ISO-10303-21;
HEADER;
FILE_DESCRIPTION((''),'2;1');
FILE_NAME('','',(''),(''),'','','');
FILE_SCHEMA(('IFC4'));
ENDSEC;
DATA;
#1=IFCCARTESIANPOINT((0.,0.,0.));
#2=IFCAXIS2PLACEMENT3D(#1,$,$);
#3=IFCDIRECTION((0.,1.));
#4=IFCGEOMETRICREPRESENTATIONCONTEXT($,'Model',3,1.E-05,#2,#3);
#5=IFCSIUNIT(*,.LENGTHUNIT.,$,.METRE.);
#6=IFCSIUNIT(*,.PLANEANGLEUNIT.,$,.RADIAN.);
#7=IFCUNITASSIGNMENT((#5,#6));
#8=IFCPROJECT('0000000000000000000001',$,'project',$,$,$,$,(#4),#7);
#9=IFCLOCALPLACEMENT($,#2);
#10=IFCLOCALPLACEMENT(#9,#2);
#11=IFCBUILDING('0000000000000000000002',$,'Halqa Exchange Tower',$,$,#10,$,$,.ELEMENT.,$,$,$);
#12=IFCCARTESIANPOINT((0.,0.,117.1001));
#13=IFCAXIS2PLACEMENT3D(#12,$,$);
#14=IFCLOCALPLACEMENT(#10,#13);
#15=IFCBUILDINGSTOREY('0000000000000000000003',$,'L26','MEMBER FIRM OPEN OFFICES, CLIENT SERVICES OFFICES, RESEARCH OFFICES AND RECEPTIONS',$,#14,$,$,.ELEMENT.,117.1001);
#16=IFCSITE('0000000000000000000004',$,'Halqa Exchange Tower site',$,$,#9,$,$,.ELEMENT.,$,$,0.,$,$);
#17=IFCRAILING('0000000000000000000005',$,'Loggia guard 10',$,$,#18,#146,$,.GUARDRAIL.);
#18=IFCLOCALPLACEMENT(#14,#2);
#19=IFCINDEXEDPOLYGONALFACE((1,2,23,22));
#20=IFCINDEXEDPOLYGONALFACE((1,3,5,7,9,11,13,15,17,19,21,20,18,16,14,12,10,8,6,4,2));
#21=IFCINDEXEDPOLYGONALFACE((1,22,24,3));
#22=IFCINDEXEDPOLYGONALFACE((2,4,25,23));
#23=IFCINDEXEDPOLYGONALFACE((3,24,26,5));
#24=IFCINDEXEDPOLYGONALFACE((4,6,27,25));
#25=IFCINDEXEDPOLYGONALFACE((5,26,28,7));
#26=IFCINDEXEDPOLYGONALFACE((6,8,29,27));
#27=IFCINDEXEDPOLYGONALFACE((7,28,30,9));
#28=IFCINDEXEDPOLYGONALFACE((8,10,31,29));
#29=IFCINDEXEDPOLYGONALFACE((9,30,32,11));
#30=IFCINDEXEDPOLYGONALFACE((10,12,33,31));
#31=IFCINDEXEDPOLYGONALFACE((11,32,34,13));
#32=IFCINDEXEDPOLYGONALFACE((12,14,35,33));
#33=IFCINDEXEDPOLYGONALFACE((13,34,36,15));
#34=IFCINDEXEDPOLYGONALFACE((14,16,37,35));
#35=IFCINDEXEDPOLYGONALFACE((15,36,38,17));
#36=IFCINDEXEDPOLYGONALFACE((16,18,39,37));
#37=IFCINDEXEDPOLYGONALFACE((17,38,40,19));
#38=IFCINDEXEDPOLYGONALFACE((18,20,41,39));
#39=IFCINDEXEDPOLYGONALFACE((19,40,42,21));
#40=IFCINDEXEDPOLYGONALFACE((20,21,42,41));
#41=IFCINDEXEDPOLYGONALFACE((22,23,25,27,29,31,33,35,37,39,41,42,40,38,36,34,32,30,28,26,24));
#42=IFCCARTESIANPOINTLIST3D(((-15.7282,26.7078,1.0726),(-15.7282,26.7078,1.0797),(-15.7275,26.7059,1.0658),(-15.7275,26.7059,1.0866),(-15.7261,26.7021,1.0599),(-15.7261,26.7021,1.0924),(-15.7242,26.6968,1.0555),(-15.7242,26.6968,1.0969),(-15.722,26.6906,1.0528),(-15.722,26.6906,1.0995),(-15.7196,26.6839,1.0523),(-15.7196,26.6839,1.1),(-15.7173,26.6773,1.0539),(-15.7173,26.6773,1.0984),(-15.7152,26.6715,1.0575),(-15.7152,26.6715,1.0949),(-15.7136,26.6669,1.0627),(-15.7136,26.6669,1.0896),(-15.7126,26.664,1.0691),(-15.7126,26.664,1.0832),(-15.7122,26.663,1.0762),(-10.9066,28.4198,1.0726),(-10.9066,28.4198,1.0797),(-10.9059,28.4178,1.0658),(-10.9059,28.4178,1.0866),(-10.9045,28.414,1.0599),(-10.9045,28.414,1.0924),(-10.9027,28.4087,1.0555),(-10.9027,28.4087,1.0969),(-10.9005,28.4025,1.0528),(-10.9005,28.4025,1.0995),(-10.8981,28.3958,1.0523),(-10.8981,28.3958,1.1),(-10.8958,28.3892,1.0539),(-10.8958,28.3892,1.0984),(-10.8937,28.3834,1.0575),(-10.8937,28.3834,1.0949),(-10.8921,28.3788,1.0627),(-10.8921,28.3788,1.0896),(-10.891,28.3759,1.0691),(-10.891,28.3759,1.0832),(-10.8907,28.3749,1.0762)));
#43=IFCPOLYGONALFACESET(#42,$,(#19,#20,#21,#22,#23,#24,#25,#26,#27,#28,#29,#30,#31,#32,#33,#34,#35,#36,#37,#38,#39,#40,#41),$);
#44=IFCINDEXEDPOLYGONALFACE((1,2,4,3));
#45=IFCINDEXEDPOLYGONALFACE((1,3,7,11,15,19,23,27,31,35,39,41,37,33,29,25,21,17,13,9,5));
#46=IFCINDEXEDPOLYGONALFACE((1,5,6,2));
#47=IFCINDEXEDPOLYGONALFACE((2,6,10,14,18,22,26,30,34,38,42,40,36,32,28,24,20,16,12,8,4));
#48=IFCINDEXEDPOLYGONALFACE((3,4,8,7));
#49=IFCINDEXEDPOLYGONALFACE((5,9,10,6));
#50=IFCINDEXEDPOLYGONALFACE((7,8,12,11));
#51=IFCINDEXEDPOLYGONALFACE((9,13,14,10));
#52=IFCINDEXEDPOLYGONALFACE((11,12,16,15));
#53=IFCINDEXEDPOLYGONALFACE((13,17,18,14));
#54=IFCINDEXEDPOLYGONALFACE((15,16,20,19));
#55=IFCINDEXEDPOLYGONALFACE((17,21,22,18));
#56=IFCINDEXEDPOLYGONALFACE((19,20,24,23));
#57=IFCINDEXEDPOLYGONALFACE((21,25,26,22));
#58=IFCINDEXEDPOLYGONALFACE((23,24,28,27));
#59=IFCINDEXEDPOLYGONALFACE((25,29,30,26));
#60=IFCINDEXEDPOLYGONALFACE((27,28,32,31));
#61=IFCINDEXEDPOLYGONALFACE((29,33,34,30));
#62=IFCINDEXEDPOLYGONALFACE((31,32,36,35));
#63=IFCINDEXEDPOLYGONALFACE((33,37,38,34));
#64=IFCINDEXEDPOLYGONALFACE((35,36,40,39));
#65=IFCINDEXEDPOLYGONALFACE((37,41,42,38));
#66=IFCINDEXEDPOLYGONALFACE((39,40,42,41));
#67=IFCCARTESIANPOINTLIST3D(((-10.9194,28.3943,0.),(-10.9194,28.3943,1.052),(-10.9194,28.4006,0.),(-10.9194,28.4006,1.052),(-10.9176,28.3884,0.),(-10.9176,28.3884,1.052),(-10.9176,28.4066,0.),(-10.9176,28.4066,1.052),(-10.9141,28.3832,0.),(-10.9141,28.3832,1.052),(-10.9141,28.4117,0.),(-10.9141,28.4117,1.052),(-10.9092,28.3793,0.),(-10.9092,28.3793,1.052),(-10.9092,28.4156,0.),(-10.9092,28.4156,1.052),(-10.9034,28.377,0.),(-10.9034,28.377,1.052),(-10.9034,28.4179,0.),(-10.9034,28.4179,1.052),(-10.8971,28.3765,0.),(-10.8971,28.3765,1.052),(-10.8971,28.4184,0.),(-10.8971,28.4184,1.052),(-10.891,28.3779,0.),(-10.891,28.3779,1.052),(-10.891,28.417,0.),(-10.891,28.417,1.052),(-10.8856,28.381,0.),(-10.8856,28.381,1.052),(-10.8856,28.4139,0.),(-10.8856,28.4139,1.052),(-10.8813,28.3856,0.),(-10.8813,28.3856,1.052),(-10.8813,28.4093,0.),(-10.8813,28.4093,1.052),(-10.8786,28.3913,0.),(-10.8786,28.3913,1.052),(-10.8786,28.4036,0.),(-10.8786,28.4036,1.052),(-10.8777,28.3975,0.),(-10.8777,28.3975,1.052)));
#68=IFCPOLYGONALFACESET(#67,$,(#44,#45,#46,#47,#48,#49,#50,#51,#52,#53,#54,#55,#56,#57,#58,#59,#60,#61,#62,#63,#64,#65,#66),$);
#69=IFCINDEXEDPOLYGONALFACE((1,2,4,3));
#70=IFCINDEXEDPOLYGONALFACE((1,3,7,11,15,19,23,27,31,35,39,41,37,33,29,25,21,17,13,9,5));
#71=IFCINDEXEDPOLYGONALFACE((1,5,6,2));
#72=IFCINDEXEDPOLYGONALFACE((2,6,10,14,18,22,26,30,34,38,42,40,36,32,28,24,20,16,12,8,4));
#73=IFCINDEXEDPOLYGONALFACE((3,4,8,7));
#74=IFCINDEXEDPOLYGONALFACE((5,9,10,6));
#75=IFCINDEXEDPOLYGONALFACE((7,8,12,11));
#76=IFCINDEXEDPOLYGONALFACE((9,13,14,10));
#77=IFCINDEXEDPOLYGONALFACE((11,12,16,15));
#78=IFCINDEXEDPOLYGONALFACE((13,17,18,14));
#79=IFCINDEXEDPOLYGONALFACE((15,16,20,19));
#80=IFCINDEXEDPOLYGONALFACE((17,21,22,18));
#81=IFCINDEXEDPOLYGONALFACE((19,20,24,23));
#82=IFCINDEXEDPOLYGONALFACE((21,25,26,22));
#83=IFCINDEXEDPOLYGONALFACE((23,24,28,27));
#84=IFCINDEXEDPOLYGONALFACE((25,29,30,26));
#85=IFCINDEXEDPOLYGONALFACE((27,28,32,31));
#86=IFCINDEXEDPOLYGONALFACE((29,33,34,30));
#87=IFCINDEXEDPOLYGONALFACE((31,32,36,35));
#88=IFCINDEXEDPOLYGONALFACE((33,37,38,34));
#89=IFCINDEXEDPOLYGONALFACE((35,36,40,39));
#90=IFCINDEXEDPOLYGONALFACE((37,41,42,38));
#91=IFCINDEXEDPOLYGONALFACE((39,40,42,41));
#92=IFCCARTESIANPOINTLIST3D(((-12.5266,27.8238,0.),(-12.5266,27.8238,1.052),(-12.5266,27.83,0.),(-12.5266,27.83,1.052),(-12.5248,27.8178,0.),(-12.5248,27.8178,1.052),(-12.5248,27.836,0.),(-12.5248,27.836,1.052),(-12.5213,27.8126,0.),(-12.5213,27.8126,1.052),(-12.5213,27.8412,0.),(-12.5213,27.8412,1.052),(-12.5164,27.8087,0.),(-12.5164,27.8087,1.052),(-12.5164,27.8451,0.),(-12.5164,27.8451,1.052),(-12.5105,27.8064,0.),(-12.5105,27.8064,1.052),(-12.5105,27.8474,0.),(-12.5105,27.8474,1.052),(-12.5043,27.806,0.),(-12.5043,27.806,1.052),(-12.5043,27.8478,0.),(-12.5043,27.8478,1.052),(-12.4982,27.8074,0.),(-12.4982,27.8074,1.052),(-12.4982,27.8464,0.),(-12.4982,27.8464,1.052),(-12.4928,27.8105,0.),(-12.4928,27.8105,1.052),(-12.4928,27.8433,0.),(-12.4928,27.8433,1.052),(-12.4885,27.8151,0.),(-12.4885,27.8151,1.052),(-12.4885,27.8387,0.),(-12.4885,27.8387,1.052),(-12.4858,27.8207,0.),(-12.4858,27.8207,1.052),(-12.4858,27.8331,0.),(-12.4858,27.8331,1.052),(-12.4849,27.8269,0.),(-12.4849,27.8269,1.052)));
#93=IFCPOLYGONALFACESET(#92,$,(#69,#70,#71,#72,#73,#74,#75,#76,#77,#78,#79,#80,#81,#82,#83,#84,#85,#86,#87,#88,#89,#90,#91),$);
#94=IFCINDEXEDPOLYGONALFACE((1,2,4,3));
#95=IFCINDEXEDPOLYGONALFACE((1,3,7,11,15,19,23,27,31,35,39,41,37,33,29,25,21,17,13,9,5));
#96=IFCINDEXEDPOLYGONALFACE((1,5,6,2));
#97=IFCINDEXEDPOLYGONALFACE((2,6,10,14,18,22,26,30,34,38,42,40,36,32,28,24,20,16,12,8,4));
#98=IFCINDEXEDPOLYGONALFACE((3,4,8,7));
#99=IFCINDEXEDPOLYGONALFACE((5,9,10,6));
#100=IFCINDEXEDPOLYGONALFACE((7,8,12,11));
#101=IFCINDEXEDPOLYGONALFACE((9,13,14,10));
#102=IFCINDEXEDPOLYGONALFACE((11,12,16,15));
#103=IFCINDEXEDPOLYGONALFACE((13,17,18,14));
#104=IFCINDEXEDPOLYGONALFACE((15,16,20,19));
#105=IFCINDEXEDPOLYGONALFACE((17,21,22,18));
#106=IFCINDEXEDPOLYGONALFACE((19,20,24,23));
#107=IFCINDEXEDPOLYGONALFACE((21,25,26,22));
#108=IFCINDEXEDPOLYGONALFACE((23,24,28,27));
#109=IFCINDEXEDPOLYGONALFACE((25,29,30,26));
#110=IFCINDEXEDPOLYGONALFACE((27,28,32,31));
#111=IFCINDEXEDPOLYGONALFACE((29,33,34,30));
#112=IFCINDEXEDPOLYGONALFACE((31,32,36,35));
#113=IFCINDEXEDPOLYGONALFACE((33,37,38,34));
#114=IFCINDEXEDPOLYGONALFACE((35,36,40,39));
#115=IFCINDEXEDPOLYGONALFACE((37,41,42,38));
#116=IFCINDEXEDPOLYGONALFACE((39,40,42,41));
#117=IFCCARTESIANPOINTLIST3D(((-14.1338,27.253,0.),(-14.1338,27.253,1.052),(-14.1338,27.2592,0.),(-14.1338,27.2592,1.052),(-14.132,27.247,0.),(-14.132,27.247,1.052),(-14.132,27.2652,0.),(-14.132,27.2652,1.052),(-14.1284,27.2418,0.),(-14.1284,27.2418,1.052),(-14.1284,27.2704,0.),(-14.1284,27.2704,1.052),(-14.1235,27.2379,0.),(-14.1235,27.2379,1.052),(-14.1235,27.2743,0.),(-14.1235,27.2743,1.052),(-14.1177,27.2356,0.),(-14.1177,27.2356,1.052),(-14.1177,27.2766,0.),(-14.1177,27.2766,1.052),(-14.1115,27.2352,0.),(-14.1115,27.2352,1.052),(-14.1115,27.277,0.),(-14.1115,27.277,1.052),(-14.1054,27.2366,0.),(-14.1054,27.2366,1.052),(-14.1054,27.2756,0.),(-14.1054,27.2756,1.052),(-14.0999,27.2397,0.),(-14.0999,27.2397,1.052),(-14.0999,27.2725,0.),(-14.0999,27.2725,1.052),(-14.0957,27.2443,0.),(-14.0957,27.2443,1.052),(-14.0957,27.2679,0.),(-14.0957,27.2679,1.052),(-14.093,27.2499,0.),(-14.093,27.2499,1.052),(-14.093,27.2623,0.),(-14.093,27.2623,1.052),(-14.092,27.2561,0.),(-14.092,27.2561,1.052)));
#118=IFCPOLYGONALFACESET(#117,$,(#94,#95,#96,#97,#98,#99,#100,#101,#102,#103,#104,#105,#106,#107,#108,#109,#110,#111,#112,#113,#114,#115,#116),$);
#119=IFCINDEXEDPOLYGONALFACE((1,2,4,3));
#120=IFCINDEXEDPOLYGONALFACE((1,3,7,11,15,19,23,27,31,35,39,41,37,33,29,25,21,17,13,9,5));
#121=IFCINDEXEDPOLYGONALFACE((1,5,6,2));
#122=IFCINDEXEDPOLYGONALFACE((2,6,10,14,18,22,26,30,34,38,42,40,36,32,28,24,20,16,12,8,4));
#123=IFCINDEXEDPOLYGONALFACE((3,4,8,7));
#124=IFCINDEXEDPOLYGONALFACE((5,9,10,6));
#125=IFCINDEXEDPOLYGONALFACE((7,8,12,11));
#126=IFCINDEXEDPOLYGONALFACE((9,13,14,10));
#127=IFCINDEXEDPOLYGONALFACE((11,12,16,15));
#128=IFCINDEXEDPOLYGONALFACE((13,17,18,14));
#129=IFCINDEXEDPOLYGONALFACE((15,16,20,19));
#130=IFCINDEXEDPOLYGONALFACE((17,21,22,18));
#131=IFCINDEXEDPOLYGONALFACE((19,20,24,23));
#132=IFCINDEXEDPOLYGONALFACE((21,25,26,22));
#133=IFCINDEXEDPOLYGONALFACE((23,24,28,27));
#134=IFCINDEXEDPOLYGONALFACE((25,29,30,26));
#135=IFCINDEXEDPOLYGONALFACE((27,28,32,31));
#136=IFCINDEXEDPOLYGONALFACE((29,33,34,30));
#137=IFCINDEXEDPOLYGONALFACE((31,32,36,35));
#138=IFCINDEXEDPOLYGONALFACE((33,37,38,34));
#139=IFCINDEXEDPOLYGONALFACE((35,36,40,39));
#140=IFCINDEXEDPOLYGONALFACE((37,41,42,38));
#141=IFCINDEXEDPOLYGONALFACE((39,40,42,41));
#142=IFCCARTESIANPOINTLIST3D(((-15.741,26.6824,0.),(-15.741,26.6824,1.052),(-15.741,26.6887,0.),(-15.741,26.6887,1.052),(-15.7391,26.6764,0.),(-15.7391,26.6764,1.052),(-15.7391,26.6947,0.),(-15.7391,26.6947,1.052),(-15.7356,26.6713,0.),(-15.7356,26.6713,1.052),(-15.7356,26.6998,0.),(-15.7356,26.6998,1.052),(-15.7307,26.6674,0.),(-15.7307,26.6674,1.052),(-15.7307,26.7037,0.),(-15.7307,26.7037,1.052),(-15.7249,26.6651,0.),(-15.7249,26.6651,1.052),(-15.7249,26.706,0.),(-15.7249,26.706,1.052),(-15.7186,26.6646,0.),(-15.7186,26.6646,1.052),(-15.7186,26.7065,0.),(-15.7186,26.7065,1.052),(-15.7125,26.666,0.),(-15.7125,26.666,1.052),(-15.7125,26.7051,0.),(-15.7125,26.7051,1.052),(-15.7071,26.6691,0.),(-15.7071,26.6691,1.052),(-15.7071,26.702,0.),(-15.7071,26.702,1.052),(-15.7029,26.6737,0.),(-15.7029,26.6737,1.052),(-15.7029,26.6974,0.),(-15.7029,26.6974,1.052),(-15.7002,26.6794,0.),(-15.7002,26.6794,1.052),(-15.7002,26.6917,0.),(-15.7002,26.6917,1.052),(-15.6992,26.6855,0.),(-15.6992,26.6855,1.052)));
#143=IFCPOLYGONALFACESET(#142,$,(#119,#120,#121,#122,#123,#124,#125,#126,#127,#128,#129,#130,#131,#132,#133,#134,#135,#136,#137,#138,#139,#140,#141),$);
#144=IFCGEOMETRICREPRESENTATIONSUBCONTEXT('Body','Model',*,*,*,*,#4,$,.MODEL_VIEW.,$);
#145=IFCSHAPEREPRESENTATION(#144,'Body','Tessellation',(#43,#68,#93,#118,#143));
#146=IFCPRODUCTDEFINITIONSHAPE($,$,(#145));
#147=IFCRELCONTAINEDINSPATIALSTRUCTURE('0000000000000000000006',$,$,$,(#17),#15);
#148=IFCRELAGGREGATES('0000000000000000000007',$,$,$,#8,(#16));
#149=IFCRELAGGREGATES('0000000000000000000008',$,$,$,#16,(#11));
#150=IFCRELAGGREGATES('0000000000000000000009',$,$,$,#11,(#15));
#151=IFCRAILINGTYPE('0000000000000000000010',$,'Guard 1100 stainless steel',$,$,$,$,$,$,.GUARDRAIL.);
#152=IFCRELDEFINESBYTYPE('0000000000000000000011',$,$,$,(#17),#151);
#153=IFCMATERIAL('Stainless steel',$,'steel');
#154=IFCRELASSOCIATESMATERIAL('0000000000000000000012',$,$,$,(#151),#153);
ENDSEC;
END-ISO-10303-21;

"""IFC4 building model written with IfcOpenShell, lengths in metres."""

from ifc_helpers import new_model, si_unit, direction, frame, origin, origin_2d, place, context, subcontext, project, spatial, circle, extrude, material, type_object, element, save


model = new_model("IFC4")

# Units and contexts
model_context = context("Model", 3, precision=1e-05, world=origin(), true_north=direction((0.0, 1.0)))
body_context = subcontext(model_context, "Body", "Model", "MODEL_VIEW")
ifc_project = project(units=[si_unit("LENGTHUNIT", "METRE"), si_unit("PLANEANGLEUNIT", "RADIAN")], contexts=[model_context])

# Site, building, storey
site_placement = place(None, origin())
site = spatial("IfcSite", under=ifc_project, at=site_placement, Name="Halqa Exchange Tower site", CompositionType="ELEMENT", RefElevation=0.0)
building_placement = place(site_placement, origin())
building = spatial("IfcBuilding", under=site, at=building_placement, Name="Halqa Exchange Tower", CompositionType="ELEMENT")
storey_placement = place(building_placement, frame((0.0, 0.0, 117.1001)))
storey = spatial("IfcBuildingStorey", under=building, at=storey_placement, Name="L26", Description="MEMBER FIRM OPEN OFFICES, CLIENT SERVICES OFFICES, RESEARCH OFFICES AND RECEPTIONS", CompositionType="ELEMENT", Elevation=117.1001)

# Railing
ifc_material_1 = material(Name="Stainless steel", Category="steel")
railing_type_1 = type_object("IfcRailingType", Name="Guard 1100 stainless steel", PredefinedType="GUARDRAIL", material=ifc_material_1)
railing_1_placement = place(storey_placement, frame((-10.8987, 28.3975, 0.0)))
element("IfcRailing", 1, at=railing_1_placement, inside=storey, type_object=railing_type_1, Name="Loggia guard 10", PredefinedType="GUARDRAIL", context=body_context, shape_type="SweptSolid", body=[
    extrude(circle(Radius=0.0239, at=origin_2d()), frame((0.0, 0.0, 1.0762), z_axis=(-0.942363, -0.334592, 0.0), x_axis=(0.334592, -0.942363, 0.0)), (0.0, 0.0, 1.0), 5.1165),
    extrude(circle(Radius=0.021, at=origin_2d()), origin(), (0.0, 0.0, 1.0), 1.052),
    extrude(circle(Radius=0.021, at=origin_2d()), frame((-1.6072, -0.5706, 0.0)), (0.0, 0.0, 1.0), 1.052),
    extrude(circle(Radius=0.021, at=origin_2d()), frame((-3.2144, -1.1414, 0.0)), (0.0, 0.0, 1.0), 1.052),
    extrude(circle(Radius=0.021, at=origin_2d()), frame((-4.8215, -1.7119, 0.0)), (0.0, 0.0, 1.0), 1.052),
])

save(model, "model.ifc")
